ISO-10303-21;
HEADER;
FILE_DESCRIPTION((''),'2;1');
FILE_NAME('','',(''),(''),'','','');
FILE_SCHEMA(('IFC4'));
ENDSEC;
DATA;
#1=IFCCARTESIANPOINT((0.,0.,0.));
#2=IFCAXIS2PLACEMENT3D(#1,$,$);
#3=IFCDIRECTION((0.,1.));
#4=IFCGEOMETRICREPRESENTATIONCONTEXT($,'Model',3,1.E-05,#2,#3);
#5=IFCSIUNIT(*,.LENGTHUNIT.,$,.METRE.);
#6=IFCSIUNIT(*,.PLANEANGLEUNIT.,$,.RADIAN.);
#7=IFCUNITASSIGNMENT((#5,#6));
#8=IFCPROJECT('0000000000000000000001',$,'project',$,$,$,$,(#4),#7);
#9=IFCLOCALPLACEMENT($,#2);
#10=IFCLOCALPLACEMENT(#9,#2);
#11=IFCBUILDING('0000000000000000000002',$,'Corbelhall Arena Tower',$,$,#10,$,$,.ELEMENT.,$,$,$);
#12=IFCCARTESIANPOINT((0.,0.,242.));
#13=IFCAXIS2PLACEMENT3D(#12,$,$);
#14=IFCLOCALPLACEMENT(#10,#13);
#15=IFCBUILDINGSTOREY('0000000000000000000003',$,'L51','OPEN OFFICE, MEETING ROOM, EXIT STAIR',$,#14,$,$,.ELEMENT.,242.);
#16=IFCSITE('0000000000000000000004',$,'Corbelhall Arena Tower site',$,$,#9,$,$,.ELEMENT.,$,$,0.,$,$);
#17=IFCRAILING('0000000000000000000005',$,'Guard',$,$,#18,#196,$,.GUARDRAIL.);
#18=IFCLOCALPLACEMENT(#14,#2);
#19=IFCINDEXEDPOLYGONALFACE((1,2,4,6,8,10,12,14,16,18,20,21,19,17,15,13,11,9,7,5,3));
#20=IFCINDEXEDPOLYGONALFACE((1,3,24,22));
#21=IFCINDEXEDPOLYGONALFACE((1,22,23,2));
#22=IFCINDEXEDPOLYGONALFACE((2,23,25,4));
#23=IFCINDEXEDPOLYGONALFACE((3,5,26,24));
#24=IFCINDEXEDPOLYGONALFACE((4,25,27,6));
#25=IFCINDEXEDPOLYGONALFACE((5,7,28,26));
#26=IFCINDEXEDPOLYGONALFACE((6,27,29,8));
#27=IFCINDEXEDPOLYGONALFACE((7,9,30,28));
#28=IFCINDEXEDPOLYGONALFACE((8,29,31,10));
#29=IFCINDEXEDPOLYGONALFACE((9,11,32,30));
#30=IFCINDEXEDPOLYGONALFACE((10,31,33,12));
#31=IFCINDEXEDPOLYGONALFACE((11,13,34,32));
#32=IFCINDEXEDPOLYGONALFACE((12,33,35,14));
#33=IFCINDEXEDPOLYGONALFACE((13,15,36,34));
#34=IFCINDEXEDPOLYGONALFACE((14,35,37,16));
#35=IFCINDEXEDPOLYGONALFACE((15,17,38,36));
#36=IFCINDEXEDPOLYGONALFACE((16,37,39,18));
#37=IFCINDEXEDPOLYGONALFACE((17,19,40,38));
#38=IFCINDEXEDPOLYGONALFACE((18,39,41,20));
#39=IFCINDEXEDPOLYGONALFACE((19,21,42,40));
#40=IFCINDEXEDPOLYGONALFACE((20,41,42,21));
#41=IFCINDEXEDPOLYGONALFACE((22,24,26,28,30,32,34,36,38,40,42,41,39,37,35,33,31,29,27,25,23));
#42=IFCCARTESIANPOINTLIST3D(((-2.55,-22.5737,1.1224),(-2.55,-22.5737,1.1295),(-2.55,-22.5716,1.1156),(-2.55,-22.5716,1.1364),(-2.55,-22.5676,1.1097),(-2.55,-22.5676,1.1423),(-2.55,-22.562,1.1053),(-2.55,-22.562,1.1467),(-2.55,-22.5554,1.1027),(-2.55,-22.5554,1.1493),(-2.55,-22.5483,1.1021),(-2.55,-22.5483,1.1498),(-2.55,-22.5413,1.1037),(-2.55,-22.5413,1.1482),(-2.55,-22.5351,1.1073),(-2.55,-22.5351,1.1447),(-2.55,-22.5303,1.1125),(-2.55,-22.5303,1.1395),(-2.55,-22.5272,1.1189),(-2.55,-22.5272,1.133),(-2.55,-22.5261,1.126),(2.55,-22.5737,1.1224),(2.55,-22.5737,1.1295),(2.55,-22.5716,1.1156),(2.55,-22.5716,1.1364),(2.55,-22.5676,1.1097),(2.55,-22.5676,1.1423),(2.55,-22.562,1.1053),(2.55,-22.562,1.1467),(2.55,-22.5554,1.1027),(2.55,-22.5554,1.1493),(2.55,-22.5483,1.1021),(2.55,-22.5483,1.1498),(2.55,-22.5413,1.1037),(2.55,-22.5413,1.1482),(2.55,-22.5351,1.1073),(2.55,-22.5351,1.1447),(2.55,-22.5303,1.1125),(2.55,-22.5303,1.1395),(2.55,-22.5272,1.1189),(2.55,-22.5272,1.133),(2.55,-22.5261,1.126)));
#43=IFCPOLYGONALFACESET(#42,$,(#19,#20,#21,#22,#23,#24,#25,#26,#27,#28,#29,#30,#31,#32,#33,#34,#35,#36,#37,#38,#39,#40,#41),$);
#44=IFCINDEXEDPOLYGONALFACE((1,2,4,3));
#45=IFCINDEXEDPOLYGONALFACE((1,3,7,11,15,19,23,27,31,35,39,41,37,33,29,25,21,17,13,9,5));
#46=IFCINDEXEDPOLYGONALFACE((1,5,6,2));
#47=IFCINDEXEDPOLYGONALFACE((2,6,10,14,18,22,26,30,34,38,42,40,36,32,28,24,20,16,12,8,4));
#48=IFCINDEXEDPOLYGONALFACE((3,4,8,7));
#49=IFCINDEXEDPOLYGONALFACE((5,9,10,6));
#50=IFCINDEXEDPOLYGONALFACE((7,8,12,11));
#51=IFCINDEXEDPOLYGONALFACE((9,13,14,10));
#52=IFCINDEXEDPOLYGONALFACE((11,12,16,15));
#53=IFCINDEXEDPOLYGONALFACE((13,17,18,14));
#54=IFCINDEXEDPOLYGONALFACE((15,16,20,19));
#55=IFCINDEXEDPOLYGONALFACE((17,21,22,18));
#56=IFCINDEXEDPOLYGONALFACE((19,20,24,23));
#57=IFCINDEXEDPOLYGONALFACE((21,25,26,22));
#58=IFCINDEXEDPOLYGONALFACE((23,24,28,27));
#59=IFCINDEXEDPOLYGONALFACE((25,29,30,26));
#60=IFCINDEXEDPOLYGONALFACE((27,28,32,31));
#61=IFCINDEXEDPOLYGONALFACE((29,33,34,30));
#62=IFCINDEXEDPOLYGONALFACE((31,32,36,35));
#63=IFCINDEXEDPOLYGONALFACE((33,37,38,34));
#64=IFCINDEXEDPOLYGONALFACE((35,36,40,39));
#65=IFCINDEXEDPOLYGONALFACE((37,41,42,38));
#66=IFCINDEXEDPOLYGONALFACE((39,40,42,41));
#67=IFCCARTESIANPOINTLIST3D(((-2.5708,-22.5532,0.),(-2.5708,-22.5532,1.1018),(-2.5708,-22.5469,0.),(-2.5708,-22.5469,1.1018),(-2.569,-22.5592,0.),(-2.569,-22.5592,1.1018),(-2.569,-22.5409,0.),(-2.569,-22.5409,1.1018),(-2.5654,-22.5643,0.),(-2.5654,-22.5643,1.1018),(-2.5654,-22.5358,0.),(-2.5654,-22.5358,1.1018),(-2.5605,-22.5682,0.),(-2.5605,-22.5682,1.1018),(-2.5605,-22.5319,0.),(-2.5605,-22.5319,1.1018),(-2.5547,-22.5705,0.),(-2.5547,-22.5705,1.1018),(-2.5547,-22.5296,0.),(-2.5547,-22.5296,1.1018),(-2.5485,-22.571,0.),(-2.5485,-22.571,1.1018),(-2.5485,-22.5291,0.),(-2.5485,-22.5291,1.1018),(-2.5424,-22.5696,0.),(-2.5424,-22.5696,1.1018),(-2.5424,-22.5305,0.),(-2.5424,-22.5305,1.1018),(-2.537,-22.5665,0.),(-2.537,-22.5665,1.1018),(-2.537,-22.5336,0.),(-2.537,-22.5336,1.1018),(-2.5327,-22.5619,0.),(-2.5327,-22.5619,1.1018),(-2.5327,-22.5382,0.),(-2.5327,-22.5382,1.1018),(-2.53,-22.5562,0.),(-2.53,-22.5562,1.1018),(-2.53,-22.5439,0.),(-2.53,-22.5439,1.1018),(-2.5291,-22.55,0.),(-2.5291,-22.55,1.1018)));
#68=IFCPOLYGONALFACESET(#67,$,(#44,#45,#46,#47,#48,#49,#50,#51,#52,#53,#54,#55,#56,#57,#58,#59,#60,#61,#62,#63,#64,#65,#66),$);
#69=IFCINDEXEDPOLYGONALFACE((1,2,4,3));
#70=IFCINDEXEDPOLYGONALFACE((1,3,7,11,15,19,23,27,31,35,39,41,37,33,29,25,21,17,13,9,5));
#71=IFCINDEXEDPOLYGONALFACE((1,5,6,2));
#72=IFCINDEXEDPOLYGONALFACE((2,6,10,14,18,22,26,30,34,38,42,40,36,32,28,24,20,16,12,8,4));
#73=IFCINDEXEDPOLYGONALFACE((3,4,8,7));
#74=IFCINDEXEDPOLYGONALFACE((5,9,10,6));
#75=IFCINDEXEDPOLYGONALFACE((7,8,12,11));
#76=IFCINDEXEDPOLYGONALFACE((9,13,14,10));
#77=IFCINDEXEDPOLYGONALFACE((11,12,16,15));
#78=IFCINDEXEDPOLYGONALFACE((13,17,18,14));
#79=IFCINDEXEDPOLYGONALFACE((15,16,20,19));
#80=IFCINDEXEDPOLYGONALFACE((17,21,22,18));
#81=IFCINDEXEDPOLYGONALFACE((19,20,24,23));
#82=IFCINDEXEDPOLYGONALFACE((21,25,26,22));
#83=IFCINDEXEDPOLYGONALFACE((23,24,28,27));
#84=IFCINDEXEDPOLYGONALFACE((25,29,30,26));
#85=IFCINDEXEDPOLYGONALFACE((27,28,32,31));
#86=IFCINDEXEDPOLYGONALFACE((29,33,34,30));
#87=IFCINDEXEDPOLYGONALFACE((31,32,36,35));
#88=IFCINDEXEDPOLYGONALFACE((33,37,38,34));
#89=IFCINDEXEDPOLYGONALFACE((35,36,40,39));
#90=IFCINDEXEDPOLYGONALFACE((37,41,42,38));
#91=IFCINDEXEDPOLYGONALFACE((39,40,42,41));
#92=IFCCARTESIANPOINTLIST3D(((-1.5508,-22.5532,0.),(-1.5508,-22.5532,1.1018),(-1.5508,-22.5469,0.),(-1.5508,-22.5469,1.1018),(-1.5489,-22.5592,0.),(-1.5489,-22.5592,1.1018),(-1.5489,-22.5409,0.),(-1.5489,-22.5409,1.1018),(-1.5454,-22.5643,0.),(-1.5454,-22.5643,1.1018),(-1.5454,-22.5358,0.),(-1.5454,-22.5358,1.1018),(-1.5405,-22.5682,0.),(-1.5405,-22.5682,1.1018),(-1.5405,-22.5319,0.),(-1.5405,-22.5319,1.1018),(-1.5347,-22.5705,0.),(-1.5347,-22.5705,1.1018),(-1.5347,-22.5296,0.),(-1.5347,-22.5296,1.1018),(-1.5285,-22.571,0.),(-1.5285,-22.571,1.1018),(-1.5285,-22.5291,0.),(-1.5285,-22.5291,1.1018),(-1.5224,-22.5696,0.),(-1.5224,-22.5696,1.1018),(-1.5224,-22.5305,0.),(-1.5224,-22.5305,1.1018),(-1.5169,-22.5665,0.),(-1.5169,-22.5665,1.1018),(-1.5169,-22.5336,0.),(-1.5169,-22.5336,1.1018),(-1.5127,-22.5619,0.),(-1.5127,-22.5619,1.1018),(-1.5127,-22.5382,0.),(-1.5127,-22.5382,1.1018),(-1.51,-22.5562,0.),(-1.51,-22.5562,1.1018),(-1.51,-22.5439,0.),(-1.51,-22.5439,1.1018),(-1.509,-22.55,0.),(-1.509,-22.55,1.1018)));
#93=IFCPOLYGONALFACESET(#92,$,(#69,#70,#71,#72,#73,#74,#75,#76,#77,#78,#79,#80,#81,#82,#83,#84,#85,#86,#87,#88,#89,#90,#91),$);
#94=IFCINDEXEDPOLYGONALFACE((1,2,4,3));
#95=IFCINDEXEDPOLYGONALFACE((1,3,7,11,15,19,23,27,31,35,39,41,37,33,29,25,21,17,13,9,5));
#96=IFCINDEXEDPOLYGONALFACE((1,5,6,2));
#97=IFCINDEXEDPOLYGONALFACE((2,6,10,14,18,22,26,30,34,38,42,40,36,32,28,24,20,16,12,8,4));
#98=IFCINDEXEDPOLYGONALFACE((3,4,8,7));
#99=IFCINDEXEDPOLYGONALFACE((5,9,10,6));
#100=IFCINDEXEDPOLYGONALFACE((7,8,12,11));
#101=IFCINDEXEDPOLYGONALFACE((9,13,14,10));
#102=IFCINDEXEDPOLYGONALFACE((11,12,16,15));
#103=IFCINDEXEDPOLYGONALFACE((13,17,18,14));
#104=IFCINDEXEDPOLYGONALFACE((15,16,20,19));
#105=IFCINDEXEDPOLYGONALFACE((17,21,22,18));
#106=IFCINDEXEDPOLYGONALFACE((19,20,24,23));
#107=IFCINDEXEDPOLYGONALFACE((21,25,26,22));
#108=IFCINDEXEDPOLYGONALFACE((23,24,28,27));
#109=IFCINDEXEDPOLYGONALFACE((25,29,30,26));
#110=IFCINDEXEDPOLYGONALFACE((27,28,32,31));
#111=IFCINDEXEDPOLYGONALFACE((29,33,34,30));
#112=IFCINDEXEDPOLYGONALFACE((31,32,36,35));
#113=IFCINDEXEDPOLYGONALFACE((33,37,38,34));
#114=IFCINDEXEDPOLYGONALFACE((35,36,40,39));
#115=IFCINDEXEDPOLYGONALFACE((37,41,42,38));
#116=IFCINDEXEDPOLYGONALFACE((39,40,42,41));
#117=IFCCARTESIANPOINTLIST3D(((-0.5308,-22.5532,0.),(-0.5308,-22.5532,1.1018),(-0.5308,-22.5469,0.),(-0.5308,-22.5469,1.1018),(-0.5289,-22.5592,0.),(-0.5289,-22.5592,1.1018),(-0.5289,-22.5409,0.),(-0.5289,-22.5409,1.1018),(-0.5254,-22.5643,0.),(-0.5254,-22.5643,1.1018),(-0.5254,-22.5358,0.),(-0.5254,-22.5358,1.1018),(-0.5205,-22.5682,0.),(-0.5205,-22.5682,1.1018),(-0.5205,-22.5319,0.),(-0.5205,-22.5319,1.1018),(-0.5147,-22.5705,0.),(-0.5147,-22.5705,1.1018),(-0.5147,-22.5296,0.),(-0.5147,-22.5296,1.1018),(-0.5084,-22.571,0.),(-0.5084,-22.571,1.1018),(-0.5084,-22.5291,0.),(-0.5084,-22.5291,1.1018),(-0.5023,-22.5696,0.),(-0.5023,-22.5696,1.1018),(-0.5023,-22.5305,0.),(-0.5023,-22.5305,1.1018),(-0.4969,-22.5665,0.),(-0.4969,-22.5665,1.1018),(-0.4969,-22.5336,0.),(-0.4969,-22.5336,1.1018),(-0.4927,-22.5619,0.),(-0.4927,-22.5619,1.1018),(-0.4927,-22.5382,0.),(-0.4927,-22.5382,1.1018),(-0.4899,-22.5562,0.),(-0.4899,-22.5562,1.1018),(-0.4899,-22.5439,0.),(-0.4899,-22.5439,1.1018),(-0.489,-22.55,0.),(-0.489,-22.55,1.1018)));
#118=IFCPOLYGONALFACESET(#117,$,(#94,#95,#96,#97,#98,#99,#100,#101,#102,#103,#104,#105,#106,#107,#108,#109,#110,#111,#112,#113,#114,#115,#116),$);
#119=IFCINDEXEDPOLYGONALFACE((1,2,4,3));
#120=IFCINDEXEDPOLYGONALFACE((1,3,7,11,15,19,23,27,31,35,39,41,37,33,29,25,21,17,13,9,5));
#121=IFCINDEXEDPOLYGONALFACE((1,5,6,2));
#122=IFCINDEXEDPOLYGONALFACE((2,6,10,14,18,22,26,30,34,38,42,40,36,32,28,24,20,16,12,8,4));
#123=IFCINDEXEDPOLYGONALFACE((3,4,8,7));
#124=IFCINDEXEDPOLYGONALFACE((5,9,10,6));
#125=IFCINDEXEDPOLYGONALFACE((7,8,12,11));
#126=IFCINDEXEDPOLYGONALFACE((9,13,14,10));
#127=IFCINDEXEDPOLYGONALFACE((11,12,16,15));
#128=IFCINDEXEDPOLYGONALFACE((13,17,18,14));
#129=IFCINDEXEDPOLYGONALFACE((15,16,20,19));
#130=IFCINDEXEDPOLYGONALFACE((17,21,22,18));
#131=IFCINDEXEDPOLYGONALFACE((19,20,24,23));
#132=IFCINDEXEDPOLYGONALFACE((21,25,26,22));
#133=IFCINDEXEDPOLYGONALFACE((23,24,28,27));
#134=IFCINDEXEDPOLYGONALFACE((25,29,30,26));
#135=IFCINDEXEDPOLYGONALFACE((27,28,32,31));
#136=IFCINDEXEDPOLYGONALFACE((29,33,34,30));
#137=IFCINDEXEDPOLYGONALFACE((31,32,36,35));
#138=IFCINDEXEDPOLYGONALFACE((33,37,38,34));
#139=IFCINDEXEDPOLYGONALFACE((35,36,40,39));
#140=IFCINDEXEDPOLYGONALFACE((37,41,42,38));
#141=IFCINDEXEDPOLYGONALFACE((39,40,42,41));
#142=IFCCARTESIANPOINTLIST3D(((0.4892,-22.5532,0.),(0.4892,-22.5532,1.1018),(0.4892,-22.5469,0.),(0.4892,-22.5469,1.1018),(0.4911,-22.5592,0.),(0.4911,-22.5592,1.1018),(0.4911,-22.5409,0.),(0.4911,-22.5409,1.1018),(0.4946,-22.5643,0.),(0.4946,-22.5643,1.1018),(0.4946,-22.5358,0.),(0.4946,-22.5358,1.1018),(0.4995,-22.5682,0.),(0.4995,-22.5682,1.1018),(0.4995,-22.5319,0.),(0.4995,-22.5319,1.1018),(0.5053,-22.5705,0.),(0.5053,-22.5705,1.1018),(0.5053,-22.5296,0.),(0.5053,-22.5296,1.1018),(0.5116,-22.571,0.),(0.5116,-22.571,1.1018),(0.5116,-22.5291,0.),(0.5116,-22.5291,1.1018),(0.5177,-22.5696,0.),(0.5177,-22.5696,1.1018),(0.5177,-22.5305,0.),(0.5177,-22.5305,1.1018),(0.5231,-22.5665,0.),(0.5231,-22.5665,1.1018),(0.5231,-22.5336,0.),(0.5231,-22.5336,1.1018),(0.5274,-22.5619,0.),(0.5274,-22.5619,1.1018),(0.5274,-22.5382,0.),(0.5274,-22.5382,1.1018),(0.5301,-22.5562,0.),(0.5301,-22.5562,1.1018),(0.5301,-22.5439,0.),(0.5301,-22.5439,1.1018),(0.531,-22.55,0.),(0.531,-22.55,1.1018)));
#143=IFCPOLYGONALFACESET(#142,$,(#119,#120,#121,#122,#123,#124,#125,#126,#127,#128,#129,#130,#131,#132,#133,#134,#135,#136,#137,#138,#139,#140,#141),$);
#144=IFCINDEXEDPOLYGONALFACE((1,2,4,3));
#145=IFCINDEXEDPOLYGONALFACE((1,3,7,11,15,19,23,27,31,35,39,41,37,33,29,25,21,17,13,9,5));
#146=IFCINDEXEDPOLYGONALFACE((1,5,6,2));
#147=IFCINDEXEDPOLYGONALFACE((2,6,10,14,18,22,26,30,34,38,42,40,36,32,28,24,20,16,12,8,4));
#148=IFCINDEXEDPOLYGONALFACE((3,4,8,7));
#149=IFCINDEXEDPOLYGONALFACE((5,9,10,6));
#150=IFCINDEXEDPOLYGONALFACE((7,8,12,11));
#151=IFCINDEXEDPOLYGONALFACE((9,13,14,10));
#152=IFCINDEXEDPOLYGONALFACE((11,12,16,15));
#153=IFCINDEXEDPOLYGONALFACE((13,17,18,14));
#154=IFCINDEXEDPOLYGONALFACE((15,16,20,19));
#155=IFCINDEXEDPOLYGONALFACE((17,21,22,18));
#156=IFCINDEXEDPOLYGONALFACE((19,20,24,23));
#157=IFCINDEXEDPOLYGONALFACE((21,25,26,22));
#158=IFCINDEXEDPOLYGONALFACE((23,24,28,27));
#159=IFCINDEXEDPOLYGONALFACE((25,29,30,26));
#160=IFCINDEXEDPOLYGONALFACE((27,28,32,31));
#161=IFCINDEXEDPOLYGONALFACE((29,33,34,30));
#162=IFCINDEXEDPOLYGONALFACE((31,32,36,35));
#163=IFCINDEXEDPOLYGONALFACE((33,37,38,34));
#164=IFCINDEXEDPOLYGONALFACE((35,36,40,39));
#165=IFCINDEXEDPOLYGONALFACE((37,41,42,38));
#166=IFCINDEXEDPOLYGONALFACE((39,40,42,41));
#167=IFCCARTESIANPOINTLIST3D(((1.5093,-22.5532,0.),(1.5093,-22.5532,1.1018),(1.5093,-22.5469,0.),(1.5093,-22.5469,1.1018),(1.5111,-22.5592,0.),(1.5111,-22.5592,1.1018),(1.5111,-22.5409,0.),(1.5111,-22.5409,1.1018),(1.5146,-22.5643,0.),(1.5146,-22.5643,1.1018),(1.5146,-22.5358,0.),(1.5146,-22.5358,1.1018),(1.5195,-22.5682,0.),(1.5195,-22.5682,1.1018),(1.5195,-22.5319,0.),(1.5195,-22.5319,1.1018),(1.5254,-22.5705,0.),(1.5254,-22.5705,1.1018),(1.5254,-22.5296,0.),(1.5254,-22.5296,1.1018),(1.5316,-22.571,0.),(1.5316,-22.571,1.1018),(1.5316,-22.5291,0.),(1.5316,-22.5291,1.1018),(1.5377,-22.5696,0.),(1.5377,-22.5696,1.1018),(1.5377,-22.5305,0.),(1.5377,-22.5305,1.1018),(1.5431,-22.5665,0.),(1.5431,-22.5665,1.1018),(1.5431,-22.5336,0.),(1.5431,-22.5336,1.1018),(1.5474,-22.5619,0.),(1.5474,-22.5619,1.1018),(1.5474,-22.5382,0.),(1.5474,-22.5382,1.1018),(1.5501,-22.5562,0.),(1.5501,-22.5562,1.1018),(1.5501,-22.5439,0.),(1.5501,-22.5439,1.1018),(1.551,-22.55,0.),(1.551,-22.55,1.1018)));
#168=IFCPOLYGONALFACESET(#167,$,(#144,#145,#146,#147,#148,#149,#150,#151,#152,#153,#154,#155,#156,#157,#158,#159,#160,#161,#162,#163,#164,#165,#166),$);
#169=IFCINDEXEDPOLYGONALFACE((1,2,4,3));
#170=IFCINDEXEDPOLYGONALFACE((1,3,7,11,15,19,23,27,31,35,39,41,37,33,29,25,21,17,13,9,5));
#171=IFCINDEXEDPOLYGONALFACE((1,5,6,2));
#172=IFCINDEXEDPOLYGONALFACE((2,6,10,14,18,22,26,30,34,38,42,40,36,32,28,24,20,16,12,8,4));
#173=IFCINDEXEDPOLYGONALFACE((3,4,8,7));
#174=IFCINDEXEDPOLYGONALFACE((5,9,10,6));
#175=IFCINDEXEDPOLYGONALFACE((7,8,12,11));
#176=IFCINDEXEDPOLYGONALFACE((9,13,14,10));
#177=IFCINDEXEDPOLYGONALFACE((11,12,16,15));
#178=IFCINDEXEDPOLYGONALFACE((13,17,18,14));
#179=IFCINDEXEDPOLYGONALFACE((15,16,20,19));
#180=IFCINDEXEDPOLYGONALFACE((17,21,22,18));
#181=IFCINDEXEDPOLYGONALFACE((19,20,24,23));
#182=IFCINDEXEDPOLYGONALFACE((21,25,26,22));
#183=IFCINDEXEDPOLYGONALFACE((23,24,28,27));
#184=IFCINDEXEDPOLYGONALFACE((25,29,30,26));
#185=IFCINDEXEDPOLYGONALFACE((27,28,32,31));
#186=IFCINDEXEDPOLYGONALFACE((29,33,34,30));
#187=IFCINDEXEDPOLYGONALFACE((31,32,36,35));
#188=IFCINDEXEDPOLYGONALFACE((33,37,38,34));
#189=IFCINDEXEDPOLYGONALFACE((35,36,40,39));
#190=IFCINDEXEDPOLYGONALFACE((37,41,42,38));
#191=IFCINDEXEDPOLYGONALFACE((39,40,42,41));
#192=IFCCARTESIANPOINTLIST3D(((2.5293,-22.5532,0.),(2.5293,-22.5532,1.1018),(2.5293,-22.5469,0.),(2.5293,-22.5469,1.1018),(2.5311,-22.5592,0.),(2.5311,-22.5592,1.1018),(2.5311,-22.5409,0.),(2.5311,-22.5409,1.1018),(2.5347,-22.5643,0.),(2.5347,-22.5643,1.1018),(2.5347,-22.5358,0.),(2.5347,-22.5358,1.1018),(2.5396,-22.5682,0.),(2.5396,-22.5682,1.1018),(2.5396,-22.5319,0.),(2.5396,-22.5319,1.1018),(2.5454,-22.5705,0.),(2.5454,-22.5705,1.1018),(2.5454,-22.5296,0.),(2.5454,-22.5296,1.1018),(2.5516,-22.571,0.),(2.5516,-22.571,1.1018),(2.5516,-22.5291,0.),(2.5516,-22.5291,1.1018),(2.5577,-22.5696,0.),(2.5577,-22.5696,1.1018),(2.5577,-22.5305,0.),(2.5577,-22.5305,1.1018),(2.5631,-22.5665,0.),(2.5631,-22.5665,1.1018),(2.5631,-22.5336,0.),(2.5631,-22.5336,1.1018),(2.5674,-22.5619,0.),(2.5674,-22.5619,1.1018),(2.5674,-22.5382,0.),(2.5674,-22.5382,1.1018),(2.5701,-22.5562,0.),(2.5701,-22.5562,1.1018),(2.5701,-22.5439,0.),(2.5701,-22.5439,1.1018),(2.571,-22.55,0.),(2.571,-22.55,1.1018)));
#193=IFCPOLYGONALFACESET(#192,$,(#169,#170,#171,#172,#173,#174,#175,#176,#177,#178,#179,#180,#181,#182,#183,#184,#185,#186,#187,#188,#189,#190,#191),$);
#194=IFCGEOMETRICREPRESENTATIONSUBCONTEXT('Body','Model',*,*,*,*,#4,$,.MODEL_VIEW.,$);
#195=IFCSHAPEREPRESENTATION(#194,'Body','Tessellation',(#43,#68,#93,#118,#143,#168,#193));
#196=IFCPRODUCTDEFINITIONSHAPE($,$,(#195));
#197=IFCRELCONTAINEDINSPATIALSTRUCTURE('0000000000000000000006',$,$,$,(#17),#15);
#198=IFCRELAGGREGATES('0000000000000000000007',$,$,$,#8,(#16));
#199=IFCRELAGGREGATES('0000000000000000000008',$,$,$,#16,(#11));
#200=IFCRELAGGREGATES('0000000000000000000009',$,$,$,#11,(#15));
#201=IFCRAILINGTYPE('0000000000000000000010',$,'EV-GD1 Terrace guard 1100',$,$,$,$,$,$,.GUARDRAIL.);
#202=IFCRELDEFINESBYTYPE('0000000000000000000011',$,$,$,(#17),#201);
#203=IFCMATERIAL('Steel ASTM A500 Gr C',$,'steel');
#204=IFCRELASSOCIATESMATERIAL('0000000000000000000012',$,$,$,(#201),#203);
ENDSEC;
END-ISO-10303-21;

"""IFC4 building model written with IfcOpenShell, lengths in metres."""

from ifc_helpers import new_model, si_unit, direction, frame, origin, origin_2d, place, context, subcontext, project, spatial, circle, extrude, material, type_object, element, save


model = new_model("IFC4")

# Units and contexts
model_context = context("Model", 3, precision=1e-05, world=origin(), true_north=direction((0.0, 1.0)))
body_context = subcontext(model_context, "Body", "Model", "MODEL_VIEW")
ifc_project = project(units=[si_unit("LENGTHUNIT", "METRE"), si_unit("PLANEANGLEUNIT", "RADIAN")], contexts=[model_context])

# Site, building, storey
site_placement = place(None, origin())
site = spatial("IfcSite", under=ifc_project, at=site_placement, Name="Corbelhall Arena Tower site", CompositionType="ELEMENT", RefElevation=0.0)
building_placement = place(site_placement, origin())
building = spatial("IfcBuilding", under=site, at=building_placement, Name="Corbelhall Arena Tower", CompositionType="ELEMENT")
storey_placement = place(building_placement, frame((0.0, 0.0, 242.0)))
storey = spatial("IfcBuildingStorey", under=building, at=storey_placement, Name="L51", Description="OPEN OFFICE, MEETING ROOM, EXIT STAIR", CompositionType="ELEMENT", Elevation=242.0)

# Railing
ifc_material_1 = material(Name="Steel ASTM A500 Gr C", Category="steel")
railing_type_1 = type_object("IfcRailingType", Name="EV-GD1 Terrace guard 1100", PredefinedType="GUARDRAIL", material=ifc_material_1)
railing_1_placement = place(storey_placement, frame((-2.55, -22.55, 0.0)))
element("IfcRailing", 1, at=railing_1_placement, inside=storey, type_object=railing_type_1, Name="Guard", PredefinedType="GUARDRAIL", context=body_context, shape_type="SweptSolid", body=[
    extrude(circle(Radius=0.0239, at=origin_2d()), frame((0.0, 0.0, 1.126), z_axis=(1.0, 0.0, 0.0), x_axis=(0.0, 1.0, 0.0)), (0.0, 0.0, 1.0), 5.1001),
    extrude(circle(Radius=0.021, at=origin_2d()), origin(), (0.0, 0.0, 1.0), 1.1018),
    extrude(circle(Radius=0.021, at=origin_2d()), frame((1.02, 0.0, 0.0)), (0.0, 0.0, 1.0), 1.1018),
    extrude(circle(Radius=0.021, at=origin_2d()), frame((2.04, 0.0, 0.0)), (0.0, 0.0, 1.0), 1.1018),
    extrude(circle(Radius=0.021, at=origin_2d()), frame((3.0601, 0.0, 0.0)), (0.0, 0.0, 1.0), 1.1018),
    extrude(circle(Radius=0.021, at=origin_2d()), frame((4.0801, 0.0, 0.0)), (0.0, 0.0, 1.0), 1.1018),
    extrude(circle(Radius=0.021, at=origin_2d()), frame((5.1001, 0.0, 0.0)), (0.0, 0.0, 1.0), 1.1018),
])

save(model, "model.ifc")
